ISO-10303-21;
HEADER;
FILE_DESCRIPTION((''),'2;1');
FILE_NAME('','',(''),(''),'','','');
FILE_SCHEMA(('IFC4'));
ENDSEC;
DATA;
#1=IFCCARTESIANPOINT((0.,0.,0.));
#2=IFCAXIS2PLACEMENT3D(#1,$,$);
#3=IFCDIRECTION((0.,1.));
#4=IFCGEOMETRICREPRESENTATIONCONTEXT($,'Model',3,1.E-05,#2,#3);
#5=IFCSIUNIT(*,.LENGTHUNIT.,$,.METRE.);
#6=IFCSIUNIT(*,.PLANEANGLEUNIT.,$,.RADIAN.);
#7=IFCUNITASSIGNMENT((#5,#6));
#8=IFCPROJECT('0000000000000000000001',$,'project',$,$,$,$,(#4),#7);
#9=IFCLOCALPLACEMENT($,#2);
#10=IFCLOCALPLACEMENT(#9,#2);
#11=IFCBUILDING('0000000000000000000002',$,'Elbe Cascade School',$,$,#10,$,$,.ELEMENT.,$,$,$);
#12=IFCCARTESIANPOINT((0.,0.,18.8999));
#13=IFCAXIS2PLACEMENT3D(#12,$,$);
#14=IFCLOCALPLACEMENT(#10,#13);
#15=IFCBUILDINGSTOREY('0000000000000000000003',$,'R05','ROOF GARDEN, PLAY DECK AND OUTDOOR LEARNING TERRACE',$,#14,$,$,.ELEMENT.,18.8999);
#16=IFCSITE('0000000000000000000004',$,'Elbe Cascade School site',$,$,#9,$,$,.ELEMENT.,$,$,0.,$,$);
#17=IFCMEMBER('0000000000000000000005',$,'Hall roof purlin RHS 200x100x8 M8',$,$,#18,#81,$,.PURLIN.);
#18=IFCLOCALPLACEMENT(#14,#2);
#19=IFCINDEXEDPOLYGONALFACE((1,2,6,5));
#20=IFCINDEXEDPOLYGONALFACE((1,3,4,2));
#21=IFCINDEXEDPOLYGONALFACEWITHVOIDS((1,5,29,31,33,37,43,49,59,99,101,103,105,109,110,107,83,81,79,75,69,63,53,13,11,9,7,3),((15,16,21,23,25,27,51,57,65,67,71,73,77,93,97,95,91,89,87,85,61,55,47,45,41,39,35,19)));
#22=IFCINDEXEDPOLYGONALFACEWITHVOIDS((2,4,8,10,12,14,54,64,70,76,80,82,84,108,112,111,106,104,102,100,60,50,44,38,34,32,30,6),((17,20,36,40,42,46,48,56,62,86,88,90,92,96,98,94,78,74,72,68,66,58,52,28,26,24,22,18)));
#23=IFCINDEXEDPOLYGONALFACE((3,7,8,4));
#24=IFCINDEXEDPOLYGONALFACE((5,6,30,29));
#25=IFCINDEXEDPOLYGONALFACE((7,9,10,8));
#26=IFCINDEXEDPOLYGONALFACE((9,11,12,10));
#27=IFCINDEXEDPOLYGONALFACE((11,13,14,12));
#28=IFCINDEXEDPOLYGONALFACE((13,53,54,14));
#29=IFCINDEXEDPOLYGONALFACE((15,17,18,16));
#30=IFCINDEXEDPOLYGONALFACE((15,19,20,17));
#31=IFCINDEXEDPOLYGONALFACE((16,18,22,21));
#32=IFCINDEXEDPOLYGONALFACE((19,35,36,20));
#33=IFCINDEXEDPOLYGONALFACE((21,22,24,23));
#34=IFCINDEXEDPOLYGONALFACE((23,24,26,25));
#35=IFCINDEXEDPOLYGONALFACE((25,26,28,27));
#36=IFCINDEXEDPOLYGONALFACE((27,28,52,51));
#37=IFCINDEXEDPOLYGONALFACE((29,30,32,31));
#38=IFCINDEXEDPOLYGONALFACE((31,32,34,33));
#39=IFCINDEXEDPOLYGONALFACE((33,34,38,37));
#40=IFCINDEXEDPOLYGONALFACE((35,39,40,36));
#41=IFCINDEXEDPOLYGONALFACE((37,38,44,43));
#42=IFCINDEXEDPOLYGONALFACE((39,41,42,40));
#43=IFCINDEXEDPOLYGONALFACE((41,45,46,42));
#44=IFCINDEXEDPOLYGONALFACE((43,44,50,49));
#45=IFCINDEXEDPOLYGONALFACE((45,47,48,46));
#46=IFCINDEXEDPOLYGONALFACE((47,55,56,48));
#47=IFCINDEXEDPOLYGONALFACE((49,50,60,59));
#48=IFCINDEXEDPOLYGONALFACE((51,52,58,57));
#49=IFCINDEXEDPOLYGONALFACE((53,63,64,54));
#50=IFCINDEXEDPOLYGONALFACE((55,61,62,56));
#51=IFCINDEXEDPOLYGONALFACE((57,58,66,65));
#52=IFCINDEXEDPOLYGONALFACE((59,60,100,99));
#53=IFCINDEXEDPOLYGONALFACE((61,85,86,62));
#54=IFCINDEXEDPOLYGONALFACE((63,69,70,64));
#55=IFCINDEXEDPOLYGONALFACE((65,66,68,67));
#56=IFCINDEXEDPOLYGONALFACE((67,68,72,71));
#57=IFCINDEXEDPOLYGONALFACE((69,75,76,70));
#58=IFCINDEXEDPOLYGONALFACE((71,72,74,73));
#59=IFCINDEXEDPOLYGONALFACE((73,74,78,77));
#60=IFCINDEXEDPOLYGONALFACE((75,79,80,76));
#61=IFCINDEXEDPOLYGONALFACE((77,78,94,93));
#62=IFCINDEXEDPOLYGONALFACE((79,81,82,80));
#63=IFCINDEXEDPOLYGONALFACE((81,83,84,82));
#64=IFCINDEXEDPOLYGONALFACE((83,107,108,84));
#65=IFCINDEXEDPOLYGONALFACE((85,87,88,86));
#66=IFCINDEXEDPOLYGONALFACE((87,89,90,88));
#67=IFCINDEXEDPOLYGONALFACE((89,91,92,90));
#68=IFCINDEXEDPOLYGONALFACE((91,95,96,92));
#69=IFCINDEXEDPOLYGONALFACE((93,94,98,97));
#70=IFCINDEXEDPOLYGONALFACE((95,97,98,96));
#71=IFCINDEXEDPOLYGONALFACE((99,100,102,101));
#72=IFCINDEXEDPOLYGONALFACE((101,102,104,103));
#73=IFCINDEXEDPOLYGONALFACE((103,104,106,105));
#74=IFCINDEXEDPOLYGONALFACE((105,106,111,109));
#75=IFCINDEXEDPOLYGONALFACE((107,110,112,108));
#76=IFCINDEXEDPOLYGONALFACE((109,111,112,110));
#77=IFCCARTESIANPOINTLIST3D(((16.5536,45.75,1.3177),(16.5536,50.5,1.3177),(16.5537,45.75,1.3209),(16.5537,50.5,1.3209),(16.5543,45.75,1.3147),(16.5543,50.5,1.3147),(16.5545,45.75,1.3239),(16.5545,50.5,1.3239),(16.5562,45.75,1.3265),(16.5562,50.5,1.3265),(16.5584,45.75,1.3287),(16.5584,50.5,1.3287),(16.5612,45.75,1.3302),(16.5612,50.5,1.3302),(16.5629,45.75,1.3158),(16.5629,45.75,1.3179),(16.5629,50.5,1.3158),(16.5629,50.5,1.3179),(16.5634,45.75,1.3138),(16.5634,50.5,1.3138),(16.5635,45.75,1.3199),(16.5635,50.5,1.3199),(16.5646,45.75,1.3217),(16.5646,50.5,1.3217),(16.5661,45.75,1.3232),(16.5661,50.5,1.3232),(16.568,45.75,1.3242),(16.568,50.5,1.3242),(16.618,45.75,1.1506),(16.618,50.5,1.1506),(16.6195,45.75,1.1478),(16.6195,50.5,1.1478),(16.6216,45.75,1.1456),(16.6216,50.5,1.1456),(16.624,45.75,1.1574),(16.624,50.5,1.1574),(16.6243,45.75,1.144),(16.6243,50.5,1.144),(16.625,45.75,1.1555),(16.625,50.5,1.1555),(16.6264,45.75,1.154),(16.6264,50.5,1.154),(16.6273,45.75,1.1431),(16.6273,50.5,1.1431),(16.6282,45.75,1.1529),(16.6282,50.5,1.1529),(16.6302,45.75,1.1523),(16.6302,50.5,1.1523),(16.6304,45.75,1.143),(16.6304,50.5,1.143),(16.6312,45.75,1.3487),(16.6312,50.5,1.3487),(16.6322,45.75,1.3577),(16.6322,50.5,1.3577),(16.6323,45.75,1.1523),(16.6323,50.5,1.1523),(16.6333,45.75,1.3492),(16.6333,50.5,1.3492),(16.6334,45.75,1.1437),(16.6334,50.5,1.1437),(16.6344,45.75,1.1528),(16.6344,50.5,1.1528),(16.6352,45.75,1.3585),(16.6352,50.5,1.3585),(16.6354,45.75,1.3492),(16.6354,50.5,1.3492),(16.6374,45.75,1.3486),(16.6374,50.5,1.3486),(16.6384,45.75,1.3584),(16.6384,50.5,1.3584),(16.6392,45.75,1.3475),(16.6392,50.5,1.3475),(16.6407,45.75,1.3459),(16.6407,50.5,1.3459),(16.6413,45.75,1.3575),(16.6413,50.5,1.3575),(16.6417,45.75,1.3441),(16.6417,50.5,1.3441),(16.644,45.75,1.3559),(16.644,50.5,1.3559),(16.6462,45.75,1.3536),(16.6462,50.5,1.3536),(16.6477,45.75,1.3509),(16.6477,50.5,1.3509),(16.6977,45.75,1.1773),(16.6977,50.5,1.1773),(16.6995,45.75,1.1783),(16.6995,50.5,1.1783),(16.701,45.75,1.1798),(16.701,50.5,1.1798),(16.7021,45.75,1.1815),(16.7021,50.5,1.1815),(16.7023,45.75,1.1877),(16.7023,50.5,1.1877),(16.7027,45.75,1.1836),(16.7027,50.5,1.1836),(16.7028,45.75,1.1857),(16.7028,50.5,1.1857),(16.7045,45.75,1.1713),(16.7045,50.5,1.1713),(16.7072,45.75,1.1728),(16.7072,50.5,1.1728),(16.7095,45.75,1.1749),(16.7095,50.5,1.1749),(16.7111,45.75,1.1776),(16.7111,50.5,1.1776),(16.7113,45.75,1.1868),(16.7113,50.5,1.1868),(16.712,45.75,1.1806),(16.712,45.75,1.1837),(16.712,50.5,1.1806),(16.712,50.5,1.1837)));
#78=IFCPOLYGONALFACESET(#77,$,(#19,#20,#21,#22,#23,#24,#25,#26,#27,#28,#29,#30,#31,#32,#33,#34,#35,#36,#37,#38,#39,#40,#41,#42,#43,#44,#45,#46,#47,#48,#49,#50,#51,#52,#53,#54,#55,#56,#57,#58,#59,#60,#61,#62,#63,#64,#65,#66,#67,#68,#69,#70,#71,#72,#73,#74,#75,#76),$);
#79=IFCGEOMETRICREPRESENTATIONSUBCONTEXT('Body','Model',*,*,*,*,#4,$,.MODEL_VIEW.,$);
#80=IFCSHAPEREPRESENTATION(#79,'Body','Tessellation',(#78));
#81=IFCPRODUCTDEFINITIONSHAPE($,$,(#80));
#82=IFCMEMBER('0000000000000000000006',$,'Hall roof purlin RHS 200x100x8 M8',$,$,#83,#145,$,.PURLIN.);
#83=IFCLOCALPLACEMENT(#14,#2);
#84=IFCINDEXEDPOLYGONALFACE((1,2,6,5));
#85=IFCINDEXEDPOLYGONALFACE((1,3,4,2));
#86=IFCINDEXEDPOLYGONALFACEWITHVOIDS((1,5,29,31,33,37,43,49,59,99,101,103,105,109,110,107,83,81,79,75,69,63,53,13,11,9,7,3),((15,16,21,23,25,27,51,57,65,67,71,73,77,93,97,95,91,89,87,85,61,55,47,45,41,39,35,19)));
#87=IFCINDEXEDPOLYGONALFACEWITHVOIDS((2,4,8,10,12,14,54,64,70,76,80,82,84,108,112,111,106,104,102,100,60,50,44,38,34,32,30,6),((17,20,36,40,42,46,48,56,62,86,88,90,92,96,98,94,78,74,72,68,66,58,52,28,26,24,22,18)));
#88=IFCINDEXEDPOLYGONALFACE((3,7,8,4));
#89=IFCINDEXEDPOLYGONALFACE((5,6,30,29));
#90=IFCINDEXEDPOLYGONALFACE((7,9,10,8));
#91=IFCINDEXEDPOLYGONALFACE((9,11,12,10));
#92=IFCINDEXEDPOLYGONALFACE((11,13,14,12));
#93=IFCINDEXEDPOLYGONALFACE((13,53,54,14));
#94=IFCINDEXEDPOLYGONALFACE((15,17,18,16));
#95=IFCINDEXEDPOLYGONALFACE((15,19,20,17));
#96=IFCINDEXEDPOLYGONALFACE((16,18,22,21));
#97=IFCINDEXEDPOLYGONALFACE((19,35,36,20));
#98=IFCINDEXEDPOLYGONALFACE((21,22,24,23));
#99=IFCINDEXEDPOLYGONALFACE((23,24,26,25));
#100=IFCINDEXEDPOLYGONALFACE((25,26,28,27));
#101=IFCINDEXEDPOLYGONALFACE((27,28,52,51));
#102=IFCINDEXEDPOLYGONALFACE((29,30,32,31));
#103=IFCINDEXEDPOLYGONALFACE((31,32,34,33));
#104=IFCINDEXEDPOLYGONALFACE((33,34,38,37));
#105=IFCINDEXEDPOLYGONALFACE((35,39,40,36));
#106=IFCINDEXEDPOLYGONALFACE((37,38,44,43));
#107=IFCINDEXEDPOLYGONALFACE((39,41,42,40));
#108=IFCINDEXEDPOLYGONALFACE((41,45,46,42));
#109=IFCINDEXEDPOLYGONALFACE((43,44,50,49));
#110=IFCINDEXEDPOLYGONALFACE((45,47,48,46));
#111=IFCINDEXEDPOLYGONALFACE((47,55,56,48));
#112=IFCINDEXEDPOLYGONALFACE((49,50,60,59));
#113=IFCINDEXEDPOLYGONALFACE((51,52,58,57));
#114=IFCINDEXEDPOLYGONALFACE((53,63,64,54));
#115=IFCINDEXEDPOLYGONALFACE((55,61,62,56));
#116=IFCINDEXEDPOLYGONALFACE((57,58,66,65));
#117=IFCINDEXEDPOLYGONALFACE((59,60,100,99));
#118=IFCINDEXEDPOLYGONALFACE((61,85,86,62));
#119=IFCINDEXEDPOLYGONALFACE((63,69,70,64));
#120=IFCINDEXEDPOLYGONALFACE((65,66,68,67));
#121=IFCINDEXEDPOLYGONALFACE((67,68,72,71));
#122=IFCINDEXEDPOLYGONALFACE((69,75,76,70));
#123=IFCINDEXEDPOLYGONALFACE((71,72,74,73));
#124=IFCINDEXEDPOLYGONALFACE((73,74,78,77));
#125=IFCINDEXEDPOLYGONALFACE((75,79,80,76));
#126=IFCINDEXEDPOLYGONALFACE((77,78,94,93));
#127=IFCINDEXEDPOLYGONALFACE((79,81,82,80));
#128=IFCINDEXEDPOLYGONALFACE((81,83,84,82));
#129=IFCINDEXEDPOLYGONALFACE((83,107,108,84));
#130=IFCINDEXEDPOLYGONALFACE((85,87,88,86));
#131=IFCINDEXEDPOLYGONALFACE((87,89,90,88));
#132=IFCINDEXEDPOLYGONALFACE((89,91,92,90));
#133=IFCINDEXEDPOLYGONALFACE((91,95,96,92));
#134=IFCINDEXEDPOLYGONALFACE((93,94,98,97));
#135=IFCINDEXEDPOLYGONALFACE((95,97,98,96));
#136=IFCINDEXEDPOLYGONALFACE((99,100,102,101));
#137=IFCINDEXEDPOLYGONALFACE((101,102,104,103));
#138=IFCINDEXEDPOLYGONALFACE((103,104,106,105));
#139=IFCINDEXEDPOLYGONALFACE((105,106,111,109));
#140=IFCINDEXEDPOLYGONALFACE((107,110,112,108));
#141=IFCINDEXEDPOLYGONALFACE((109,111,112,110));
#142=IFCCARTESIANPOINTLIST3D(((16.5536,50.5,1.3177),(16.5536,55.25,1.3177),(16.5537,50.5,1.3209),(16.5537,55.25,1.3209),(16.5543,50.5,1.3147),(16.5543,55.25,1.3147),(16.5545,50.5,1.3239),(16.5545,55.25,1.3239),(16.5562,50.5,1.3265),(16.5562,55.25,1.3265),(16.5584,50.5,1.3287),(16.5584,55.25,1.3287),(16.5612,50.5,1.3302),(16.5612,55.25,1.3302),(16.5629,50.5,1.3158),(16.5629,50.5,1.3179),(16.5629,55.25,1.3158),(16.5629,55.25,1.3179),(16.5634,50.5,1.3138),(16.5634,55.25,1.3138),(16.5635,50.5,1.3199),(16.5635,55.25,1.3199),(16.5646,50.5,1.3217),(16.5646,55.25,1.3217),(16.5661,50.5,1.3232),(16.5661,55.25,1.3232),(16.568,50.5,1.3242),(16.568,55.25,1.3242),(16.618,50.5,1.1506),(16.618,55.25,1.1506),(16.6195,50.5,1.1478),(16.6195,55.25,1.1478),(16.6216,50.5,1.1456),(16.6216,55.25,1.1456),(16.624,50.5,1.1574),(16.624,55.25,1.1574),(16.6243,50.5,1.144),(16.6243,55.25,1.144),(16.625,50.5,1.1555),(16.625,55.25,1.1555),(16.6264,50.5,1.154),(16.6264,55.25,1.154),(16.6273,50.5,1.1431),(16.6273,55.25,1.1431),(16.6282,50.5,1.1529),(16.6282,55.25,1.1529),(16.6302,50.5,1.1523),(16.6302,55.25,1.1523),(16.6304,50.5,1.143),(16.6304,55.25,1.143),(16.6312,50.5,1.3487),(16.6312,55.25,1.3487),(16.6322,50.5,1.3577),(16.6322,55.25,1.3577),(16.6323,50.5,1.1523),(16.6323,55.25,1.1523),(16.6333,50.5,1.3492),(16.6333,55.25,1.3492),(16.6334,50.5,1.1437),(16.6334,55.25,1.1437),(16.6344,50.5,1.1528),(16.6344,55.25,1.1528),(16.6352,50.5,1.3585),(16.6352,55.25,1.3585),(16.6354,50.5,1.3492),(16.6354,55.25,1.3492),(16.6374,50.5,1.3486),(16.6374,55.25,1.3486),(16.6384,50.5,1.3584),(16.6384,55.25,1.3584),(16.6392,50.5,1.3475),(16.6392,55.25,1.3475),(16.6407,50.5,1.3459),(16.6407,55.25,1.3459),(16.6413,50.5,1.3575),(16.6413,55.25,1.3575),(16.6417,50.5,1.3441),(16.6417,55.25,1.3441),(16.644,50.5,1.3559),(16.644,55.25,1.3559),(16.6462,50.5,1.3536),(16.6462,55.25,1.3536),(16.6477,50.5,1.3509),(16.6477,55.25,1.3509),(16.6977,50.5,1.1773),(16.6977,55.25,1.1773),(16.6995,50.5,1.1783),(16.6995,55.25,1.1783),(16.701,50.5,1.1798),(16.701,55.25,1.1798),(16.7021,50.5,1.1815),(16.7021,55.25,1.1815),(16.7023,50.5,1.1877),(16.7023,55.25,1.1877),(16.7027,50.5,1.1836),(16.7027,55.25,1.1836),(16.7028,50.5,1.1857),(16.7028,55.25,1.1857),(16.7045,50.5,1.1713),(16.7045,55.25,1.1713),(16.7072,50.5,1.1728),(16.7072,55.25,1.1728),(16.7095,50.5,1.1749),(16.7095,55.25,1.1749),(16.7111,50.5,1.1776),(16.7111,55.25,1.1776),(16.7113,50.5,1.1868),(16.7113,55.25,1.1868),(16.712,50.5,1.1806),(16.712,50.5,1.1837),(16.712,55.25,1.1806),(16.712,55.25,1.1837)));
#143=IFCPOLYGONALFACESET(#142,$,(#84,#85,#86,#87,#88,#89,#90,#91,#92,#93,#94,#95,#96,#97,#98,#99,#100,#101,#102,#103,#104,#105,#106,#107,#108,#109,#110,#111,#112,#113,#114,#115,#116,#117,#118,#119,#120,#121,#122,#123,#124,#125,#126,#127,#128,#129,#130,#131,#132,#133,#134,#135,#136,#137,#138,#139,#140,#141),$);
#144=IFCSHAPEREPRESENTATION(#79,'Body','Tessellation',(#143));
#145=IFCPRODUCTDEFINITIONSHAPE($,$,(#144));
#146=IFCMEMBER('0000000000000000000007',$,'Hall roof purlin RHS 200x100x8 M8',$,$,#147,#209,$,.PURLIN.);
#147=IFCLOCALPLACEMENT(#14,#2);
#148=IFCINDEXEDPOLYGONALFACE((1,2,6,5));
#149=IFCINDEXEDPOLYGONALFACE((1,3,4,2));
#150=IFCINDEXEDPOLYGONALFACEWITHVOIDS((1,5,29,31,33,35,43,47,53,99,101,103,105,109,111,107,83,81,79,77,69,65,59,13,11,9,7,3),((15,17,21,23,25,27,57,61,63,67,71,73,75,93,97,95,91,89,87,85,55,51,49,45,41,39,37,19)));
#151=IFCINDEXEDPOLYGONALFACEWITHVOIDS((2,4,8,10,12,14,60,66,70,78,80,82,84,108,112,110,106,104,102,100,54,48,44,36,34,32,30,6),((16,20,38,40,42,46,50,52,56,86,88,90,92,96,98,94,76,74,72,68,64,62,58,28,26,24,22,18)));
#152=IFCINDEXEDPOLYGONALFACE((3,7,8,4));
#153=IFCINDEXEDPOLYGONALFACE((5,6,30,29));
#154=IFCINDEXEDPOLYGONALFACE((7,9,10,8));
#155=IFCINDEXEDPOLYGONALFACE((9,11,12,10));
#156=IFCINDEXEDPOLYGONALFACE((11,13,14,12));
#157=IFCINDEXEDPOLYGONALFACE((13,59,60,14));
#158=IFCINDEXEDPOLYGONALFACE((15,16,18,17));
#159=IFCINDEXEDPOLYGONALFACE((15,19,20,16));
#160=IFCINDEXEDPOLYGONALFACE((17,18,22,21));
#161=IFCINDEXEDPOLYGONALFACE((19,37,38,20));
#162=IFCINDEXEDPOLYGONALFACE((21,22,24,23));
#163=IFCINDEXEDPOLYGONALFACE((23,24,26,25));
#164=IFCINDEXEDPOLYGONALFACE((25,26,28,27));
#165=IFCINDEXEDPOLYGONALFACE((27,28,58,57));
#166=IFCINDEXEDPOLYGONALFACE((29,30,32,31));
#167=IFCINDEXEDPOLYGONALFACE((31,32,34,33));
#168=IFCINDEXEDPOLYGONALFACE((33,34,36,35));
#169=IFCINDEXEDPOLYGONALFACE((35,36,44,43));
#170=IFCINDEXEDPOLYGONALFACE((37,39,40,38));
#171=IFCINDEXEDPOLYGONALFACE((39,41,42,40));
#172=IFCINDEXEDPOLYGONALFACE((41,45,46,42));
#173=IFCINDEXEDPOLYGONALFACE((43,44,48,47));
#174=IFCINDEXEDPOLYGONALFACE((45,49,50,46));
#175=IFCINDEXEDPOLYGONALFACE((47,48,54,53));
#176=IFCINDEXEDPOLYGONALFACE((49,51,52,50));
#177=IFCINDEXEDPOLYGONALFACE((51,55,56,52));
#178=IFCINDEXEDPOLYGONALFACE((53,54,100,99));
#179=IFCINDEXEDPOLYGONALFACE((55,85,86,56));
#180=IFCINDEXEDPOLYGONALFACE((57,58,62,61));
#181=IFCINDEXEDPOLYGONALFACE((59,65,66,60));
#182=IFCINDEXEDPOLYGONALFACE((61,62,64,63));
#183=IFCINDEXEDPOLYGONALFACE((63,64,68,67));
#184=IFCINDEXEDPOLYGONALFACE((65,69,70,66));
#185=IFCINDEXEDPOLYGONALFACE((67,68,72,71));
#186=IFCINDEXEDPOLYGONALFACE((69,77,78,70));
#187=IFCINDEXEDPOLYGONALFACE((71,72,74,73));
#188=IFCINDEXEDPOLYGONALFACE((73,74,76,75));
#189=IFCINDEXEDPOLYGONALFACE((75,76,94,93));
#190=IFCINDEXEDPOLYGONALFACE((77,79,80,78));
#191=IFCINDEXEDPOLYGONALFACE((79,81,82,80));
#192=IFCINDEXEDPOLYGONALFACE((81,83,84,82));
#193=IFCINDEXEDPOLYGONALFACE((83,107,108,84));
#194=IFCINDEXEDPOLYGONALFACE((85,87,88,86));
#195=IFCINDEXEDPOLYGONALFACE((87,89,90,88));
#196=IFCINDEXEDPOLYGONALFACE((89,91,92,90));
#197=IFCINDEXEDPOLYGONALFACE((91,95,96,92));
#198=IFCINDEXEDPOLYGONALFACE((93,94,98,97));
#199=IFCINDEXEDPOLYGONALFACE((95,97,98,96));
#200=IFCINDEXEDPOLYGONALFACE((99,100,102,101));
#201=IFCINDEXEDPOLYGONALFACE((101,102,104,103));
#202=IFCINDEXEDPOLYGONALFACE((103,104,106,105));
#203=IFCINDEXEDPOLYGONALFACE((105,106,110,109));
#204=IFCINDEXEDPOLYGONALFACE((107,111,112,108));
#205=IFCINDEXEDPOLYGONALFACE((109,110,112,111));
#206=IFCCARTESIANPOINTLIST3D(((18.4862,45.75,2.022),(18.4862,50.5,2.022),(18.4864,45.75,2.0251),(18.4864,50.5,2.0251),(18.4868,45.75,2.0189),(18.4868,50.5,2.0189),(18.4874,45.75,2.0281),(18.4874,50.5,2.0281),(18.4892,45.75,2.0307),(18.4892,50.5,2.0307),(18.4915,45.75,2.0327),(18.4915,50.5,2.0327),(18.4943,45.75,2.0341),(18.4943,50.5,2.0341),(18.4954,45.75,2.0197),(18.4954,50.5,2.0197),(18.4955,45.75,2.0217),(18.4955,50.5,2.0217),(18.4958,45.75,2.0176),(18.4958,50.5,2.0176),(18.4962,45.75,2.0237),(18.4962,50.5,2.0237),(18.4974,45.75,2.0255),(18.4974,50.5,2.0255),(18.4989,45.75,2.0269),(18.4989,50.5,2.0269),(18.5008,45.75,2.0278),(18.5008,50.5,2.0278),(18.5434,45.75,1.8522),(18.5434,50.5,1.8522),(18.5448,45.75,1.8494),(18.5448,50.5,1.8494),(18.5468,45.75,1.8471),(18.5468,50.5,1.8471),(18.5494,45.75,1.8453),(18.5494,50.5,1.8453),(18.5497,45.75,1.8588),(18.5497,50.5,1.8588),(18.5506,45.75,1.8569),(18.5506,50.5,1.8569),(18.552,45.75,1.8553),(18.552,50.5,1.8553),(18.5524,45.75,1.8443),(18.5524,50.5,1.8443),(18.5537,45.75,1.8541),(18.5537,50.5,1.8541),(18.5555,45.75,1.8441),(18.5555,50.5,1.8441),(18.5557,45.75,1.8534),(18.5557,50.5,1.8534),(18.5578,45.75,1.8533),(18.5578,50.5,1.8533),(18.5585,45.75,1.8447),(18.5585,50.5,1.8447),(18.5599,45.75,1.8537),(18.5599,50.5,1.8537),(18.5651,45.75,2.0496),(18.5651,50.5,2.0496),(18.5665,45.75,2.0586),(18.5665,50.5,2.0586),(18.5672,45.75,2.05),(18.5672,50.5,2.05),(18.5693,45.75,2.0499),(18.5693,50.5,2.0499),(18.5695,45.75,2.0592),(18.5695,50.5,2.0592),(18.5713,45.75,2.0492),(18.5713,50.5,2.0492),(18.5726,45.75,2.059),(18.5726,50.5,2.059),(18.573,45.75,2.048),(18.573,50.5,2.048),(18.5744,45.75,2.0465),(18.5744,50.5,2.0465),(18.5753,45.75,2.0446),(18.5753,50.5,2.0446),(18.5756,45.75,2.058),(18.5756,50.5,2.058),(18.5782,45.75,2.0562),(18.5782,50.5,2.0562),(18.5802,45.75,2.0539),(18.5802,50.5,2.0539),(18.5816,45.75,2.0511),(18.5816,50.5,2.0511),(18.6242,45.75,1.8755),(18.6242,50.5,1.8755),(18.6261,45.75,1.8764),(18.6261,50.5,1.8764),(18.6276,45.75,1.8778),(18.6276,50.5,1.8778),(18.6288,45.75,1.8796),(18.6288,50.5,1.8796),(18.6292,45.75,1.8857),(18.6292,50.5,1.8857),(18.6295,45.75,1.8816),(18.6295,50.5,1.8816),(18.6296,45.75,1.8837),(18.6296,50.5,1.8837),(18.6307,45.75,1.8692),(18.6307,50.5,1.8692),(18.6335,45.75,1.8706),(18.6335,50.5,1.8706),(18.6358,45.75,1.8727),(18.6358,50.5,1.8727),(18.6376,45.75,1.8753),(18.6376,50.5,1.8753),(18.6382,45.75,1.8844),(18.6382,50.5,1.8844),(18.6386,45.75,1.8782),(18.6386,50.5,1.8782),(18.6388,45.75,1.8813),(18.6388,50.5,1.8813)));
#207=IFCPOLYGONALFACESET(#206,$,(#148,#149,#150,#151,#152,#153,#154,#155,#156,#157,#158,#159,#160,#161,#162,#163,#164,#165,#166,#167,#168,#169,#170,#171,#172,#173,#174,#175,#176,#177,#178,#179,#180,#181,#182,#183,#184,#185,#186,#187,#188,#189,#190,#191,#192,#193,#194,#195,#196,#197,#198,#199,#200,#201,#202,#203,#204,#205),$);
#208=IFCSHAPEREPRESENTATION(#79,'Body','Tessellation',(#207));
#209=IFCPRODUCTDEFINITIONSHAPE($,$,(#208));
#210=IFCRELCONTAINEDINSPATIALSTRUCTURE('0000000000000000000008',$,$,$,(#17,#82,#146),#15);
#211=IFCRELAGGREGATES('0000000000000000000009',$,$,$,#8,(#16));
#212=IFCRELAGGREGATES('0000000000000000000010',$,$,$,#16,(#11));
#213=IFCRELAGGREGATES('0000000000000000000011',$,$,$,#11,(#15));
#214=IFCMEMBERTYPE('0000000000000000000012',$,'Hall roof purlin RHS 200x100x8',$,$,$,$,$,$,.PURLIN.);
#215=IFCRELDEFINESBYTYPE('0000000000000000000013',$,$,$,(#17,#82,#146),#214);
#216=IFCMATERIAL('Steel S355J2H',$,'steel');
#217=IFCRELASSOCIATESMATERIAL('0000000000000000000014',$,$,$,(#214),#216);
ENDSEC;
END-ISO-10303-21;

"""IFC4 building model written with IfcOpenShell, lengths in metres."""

from ifc_helpers import new_model, si_unit, direction, frame, origin, origin_2d, place, context, subcontext, project, spatial, hollow_rectangle, extrude, material, material_profile, profile_set, type_object, element, save


model = new_model("IFC4")

# Units and contexts
model_context = context("Model", 3, precision=1e-05, world=origin(), true_north=direction((0.0, 1.0)))
body_context = subcontext(model_context, "Body", "Model", "MODEL_VIEW")
ifc_project = project(units=[si_unit("LENGTHUNIT", "METRE"), si_unit("PLANEANGLEUNIT", "RADIAN")], contexts=[model_context])

# Site, building, storey
site_placement = place(None, origin())
site = spatial("IfcSite", under=ifc_project, at=site_placement, Name="Elbe Cascade School site", CompositionType="ELEMENT", RefElevation=0.0)
building_placement = place(site_placement, origin())
building = spatial("IfcBuilding", under=site, at=building_placement, Name="Elbe Cascade School", CompositionType="ELEMENT")
storey_placement = place(building_placement, frame((0.0, 0.0, 18.8999)))
storey = spatial("IfcBuildingStorey", under=building, at=storey_placement, Name="R05", Description="ROOF GARDEN, PLAY DECK AND OUTDOOR LEARNING TERRACE", CompositionType="ELEMENT", Elevation=18.8999)

# Members
ifc_material_1 = material(Name="Steel S355J2H", Category="steel")
ifc_material_profile_1 = material_profile(ifc_material_1, hollow_rectangle(XDim=0.1001, YDim=0.2, WallThickness=0.0081, InnerFilletRadius=0.0081, OuterFilletRadius=0.012, at=origin_2d()), Name="RHS 200x100x8")
ifc_profile_set_1 = profile_set([ifc_material_profile_1], Name="Steel S355J2H")
member_type_1 = type_object("IfcMemberType", Name="Hall roof purlin RHS 200x100x8", PredefinedType="PURLIN", material=ifc_profile_set_1)
for number, where, z_axis, x_axis, name in (
    (1, (16.6328, 45.75, 1.2507), (0.0, 1.0, 0.0), (-0.932415, 0.0, -0.36139), "Hall roof purlin RHS 200x100x8 M8"),
    (2, (16.6328, 50.5, 1.2507), (0.0, 1.0, 0.0), (-0.932415, 0.0, -0.36139), "Hall roof purlin RHS 200x100x8 M8"),
    (3, (18.5625, 45.75, 1.9517), (0.0, 1.0, 0.0), (-0.946999, 0.0, -0.321236), "Hall roof purlin RHS 200x100x8 M8"),
):
    element("IfcMember", number, at=place(storey_placement, frame(where, z_axis=z_axis, x_axis=x_axis)), inside=storey, type_object=member_type_1, Name=name, PredefinedType="PURLIN", context=body_context, shape_type="SweptSolid", body=[
        extrude(hollow_rectangle(XDim=0.1001, YDim=0.2, WallThickness=0.0081, InnerFilletRadius=0.0081, OuterFilletRadius=0.012, at=origin_2d()), origin(), (0.0, 0.0, 1.0), 4.75),
    ])

save(model, "model.ifc")
